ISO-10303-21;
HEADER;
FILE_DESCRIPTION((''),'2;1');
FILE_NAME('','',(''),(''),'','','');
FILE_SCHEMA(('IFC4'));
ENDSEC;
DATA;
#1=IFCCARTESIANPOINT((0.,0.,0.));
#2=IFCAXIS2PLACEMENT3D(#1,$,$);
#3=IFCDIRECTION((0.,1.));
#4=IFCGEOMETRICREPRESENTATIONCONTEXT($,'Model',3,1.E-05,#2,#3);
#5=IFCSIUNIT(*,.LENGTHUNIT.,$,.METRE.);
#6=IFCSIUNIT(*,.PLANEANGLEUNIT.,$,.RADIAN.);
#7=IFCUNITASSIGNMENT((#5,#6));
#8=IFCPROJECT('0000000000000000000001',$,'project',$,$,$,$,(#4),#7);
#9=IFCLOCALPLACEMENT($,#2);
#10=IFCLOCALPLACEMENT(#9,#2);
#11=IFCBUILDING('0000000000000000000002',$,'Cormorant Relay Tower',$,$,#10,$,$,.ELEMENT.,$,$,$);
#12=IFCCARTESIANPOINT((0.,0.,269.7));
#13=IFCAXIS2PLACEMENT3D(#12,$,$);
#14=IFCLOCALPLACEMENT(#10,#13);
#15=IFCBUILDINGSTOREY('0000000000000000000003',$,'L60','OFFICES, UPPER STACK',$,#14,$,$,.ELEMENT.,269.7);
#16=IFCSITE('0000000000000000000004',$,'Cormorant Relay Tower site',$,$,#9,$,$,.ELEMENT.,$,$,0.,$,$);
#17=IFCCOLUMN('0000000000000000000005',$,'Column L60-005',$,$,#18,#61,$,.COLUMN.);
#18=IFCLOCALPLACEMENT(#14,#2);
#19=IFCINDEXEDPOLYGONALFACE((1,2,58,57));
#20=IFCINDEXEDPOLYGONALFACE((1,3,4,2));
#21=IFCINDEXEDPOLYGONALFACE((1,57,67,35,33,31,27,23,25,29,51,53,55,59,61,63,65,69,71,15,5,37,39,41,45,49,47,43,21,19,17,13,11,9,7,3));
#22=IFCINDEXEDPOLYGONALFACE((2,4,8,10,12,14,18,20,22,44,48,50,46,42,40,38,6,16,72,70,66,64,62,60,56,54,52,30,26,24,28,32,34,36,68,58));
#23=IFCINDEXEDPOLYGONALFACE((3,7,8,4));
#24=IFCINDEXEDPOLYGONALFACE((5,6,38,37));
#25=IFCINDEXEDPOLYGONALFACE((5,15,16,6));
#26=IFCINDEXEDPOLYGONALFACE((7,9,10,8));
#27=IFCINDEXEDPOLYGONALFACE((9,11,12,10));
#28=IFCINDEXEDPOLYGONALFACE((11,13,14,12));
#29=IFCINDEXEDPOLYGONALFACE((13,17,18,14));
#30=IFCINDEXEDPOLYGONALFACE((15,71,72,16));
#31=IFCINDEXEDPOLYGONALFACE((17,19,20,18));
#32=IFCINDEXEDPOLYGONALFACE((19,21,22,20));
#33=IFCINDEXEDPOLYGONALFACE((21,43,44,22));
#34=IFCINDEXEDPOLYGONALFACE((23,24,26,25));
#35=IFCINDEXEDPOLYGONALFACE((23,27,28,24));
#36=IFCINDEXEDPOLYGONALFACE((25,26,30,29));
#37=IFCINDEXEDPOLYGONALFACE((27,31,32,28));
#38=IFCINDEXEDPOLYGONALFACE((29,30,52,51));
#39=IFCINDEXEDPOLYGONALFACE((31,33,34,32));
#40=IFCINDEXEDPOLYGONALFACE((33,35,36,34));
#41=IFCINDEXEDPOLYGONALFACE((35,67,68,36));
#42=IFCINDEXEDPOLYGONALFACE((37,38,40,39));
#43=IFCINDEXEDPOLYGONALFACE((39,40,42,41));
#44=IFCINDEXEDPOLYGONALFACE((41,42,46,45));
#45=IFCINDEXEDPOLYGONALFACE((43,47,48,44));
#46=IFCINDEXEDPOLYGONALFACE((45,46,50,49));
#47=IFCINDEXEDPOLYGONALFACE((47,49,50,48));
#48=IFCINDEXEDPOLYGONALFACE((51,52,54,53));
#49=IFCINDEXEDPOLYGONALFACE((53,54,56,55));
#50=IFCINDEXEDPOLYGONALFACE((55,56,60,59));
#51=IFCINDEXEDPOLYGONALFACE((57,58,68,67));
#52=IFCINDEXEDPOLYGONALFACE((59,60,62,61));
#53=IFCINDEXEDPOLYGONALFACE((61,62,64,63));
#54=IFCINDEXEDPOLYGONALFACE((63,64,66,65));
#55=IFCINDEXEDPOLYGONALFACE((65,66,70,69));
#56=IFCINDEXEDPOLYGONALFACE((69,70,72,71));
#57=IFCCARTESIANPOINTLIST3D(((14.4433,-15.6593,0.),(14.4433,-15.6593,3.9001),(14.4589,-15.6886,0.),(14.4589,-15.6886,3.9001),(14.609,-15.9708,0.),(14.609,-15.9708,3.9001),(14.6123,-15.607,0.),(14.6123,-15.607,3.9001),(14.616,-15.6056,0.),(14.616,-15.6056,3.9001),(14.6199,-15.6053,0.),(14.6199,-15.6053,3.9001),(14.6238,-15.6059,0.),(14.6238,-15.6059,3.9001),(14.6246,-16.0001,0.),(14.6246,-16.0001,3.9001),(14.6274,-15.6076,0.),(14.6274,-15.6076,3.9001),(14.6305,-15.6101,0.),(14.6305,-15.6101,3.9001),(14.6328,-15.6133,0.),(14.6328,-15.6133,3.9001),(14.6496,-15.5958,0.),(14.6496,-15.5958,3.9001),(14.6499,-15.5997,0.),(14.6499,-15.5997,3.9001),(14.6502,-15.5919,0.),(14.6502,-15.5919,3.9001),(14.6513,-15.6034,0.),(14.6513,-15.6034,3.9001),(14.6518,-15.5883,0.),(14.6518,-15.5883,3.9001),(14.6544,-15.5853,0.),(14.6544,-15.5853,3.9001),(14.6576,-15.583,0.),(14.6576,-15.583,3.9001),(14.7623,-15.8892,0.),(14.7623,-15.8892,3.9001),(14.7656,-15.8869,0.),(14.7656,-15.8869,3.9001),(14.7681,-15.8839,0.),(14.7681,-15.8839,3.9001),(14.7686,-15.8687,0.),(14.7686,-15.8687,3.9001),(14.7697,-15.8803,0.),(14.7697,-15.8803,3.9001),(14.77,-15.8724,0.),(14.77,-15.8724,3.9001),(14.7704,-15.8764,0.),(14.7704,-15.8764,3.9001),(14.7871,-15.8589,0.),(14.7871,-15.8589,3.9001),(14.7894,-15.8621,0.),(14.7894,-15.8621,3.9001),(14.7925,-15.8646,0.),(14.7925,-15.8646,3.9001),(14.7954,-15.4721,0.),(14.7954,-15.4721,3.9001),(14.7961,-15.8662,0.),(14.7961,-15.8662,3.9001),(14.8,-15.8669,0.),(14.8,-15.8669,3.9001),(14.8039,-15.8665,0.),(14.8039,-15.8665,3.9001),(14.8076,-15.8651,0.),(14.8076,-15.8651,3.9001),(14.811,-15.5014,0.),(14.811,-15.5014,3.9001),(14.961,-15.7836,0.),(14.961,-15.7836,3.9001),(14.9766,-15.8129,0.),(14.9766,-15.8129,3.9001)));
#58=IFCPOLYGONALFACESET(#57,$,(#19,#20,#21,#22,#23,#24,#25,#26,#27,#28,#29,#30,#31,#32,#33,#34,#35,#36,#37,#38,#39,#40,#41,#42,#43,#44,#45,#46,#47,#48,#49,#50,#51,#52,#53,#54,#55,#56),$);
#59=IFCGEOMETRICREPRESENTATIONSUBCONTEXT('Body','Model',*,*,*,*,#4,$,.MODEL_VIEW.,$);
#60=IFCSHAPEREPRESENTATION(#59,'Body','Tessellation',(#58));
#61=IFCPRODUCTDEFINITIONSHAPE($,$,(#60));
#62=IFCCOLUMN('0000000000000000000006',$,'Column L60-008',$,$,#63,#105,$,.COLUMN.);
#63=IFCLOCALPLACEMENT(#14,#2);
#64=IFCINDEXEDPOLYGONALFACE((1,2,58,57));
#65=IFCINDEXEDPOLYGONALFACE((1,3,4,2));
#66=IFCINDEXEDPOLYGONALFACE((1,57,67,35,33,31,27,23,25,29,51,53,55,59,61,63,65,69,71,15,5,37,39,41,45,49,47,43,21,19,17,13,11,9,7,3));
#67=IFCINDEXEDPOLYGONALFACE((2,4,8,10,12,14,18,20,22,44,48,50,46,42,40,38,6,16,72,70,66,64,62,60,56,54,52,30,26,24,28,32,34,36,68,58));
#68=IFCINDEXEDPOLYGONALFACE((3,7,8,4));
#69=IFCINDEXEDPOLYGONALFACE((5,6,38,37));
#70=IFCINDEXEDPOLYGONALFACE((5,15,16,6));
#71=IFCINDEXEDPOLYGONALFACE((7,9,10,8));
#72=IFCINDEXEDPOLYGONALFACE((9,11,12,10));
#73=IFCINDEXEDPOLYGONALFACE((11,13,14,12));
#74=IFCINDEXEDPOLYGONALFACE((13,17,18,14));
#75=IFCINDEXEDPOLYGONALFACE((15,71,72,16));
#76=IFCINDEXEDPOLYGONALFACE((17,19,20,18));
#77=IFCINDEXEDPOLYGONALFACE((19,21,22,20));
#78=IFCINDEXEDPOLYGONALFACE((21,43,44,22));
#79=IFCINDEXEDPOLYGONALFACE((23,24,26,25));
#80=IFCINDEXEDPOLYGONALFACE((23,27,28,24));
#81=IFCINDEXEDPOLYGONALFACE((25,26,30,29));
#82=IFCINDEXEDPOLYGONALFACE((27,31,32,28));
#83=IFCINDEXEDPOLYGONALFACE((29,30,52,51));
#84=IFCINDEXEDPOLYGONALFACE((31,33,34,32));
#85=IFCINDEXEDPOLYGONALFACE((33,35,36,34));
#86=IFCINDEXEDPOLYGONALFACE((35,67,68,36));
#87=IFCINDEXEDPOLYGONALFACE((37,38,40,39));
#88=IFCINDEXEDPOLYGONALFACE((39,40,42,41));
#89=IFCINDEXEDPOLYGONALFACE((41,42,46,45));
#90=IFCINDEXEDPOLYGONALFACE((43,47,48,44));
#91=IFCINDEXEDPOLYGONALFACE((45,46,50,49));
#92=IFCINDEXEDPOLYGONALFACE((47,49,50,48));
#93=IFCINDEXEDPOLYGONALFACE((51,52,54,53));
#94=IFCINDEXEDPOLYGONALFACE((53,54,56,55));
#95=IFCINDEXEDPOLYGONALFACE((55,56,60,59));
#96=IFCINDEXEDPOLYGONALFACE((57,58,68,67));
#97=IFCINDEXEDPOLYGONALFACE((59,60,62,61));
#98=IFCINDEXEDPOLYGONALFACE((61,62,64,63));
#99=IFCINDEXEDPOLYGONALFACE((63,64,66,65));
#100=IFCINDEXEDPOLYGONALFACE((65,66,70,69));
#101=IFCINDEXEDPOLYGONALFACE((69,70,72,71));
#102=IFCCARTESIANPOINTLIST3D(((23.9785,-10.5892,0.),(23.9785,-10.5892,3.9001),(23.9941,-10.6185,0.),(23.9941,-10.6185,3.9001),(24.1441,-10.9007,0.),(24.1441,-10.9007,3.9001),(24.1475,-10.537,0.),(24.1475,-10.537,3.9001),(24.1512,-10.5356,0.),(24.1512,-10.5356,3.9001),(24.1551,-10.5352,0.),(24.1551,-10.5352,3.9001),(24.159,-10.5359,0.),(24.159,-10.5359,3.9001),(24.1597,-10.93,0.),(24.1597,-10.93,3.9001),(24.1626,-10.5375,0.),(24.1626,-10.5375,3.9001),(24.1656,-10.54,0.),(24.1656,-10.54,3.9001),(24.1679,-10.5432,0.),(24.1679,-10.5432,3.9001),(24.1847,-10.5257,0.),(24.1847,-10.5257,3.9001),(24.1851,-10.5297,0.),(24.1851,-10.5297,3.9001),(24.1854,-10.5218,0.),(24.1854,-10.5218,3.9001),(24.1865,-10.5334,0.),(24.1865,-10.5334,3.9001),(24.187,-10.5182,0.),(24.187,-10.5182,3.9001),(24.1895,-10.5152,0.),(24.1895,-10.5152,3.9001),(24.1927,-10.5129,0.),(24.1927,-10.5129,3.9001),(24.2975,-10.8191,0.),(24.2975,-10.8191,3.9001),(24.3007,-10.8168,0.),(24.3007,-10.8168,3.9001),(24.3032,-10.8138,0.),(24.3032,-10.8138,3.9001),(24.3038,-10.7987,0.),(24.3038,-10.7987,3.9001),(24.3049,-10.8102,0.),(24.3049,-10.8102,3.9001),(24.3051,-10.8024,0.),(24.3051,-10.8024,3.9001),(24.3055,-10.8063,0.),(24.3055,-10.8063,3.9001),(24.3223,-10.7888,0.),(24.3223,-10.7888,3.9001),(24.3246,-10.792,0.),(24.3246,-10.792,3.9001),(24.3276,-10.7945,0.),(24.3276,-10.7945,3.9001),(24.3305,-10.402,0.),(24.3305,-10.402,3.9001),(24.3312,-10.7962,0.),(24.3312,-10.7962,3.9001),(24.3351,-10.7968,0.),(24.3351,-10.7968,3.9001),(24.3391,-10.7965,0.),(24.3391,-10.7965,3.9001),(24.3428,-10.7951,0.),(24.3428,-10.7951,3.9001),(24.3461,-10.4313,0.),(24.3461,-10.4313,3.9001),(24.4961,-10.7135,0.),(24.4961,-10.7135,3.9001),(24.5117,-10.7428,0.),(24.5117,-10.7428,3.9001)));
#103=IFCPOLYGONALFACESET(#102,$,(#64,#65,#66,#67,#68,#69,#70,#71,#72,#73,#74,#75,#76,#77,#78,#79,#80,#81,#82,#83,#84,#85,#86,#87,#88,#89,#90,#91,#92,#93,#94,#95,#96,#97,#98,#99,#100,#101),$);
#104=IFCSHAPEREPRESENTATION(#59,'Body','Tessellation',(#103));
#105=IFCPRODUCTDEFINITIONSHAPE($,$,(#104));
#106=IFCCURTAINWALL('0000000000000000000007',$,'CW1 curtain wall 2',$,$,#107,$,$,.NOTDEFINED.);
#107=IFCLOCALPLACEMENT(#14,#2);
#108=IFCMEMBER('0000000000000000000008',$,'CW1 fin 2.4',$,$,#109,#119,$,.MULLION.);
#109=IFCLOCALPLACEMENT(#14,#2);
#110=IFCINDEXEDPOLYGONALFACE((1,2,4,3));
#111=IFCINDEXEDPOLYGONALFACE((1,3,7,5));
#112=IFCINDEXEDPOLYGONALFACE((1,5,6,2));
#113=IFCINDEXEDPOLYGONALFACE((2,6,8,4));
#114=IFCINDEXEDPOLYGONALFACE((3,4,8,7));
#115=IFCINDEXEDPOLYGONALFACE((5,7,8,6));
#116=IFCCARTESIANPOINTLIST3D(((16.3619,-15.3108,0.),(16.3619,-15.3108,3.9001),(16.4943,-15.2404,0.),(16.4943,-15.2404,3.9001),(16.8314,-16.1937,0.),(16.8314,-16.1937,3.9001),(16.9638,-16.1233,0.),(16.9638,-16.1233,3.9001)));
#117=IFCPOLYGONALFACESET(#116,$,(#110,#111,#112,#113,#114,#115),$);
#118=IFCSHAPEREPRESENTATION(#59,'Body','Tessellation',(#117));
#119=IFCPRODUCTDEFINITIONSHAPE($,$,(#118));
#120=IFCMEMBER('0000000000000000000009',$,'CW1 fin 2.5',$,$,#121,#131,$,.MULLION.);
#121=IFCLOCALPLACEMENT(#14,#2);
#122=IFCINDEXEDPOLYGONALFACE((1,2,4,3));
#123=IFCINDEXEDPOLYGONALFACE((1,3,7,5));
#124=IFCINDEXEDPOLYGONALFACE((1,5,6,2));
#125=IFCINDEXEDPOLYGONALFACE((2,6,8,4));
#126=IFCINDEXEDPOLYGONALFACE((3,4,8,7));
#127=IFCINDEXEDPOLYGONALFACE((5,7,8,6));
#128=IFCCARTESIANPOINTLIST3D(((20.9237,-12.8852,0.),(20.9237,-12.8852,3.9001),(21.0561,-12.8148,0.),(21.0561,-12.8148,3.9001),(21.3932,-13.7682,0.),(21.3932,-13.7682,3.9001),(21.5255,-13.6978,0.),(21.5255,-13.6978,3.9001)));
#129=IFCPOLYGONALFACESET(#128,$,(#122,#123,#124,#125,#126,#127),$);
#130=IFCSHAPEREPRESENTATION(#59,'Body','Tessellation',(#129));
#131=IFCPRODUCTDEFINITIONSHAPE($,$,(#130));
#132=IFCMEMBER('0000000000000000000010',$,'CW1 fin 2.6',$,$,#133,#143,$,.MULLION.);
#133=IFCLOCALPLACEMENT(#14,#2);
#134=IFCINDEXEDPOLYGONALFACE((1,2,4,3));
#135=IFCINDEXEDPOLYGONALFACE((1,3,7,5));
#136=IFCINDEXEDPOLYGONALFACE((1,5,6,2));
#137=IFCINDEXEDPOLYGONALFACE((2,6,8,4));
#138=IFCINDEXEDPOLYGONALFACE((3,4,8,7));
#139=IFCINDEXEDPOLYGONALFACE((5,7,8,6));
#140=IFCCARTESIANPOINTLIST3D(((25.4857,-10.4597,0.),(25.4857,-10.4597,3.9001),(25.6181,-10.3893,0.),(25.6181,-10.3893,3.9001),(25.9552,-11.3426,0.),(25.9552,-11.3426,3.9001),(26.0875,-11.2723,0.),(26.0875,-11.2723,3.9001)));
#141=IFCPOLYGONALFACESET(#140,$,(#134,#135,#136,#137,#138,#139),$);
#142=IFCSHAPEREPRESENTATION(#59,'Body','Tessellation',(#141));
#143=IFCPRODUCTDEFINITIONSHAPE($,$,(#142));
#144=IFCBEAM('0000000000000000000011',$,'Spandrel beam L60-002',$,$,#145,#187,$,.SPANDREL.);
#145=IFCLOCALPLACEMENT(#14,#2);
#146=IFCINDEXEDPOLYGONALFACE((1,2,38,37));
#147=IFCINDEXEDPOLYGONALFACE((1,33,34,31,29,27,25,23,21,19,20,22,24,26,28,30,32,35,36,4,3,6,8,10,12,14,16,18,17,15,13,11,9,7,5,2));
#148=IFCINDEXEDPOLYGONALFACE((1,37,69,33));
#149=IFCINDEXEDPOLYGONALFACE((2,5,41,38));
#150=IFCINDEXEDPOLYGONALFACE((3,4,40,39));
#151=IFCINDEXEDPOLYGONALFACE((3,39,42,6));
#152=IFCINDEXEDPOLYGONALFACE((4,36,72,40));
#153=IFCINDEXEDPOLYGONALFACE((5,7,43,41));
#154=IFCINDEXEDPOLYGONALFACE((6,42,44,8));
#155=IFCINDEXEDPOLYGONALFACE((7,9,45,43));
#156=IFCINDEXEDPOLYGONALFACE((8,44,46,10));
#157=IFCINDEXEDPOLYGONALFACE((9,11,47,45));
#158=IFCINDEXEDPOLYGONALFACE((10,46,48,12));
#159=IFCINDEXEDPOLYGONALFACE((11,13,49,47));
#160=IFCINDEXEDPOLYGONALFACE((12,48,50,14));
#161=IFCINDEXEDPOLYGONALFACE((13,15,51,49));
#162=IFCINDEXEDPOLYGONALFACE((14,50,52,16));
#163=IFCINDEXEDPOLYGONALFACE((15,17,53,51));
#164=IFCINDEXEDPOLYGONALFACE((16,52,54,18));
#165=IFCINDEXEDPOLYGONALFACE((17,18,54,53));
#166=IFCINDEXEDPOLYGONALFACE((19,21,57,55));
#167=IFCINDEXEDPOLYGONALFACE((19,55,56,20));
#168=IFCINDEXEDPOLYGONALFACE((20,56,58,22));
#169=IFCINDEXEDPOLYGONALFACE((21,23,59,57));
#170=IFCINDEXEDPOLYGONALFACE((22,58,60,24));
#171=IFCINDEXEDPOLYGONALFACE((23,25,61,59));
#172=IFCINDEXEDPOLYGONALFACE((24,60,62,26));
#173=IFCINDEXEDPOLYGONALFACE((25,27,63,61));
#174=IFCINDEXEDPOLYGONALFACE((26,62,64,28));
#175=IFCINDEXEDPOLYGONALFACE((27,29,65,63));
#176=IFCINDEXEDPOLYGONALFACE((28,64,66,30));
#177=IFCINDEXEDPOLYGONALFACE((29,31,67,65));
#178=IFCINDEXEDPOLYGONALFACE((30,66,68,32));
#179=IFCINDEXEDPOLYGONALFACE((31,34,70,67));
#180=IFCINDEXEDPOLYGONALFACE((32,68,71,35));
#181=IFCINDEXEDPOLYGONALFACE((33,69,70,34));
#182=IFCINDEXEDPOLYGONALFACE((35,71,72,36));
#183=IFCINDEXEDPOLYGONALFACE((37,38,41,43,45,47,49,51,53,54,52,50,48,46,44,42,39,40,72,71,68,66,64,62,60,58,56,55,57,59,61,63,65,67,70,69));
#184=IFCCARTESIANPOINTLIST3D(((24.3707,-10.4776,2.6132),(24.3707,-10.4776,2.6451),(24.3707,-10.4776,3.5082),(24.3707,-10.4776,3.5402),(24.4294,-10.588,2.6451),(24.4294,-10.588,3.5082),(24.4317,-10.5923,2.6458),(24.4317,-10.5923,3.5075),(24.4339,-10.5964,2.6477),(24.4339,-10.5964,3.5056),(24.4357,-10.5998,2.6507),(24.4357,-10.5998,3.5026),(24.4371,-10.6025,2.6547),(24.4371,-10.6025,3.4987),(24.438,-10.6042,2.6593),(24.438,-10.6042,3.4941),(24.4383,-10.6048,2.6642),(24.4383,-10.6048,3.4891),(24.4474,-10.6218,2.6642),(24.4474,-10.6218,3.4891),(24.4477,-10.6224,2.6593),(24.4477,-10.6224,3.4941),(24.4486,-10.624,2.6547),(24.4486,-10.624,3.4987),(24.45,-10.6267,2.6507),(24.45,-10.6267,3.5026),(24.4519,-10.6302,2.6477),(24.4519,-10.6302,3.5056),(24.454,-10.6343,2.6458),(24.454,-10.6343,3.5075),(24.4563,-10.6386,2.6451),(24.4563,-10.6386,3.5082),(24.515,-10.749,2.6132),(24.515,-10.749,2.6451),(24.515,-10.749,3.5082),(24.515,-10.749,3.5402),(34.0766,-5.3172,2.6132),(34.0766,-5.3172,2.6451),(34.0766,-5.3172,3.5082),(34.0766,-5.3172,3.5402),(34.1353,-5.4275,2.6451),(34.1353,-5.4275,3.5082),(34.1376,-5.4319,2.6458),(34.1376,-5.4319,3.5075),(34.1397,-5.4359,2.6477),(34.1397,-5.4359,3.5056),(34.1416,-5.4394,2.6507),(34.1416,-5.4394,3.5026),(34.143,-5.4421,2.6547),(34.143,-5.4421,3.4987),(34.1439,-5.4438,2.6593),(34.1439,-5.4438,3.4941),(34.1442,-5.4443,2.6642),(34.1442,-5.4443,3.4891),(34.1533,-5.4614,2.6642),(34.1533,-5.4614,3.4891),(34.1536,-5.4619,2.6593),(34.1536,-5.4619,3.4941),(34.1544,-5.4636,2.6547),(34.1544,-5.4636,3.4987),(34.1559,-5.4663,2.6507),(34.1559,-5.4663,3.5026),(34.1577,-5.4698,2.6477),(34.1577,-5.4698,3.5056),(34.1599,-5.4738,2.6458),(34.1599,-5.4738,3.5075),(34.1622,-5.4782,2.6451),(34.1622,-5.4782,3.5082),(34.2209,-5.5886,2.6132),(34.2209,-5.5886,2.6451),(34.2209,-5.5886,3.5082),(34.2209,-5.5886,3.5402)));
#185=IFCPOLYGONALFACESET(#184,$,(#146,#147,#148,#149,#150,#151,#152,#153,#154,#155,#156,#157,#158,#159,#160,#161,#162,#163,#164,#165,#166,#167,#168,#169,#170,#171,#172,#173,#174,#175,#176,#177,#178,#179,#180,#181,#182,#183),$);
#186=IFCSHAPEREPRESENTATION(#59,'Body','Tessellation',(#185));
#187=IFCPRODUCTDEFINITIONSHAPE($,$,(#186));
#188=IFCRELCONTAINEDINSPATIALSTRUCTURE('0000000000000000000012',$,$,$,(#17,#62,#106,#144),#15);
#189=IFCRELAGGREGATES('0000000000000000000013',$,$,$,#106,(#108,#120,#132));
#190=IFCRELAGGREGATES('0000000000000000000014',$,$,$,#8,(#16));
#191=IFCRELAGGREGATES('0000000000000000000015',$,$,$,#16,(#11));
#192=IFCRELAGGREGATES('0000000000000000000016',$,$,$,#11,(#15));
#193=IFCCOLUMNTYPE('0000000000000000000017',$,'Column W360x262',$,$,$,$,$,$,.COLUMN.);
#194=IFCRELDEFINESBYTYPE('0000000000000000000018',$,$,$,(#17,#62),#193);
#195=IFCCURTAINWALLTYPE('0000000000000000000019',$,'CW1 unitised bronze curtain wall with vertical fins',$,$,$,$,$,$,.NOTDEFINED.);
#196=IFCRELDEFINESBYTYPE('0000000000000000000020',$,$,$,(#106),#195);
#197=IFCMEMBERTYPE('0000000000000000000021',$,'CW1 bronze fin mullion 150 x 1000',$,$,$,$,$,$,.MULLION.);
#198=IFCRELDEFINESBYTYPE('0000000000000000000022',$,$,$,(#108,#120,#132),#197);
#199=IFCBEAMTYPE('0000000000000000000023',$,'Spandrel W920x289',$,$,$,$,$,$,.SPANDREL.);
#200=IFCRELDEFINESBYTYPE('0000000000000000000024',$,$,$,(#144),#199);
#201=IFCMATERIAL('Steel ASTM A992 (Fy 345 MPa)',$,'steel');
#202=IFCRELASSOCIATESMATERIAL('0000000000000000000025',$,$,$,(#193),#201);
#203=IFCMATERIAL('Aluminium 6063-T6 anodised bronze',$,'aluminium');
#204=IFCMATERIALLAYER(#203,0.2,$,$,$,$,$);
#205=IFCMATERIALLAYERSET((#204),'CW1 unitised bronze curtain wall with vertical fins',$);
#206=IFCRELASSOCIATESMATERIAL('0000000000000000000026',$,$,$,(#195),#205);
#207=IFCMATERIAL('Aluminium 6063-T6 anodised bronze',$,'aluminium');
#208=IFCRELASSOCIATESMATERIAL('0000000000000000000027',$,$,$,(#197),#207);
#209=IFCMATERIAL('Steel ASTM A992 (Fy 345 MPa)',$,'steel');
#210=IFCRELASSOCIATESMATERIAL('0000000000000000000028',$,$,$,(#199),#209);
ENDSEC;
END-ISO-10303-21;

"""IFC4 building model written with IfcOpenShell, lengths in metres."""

from ifc_helpers import new_model, si_unit, direction, frame, origin, origin_2d, place, context, subcontext, project, spatial, rectangle, i_section, extrude, material, layer, layer_set, material_profile, profile_set, type_object, element, aggregate, save


model = new_model("IFC4")

# Units and contexts
model_context = context("Model", 3, precision=1e-05, world=origin(), true_north=direction((0.0, 1.0)))
body_context = subcontext(model_context, "Body", "Model", "MODEL_VIEW")
ifc_project = project(units=[si_unit("LENGTHUNIT", "METRE"), si_unit("PLANEANGLEUNIT", "RADIAN")], contexts=[model_context])

# Site, building, storey
site_placement = place(None, origin())
site = spatial("IfcSite", under=ifc_project, at=site_placement, Name="Cormorant Relay Tower site", CompositionType="ELEMENT", RefElevation=0.0)
building_placement = place(site_placement, origin())
building = spatial("IfcBuilding", under=site, at=building_placement, Name="Cormorant Relay Tower", CompositionType="ELEMENT")
storey_placement = place(building_placement, frame((0.0, 0.0, 269.7)))
storey = spatial("IfcBuildingStorey", under=building, at=storey_placement, Name="L60", Description="OFFICES, UPPER STACK", CompositionType="ELEMENT", Elevation=269.7)

# Columns
ifc_material_1 = material(Name="Steel ASTM A992 (Fy 345 MPa)", Category="steel")
ifc_material_profile_1 = material_profile(ifc_material_1, i_section(OverallWidth=0.3987, OverallDepth=0.386, WebThickness=0.021, FlangeThickness=0.0332, FilletRadius=0.0151, at=origin_2d()), Name="W360x262")
ifc_profile_set_1 = profile_set([ifc_material_profile_1], Name="Steel ASTM A992 (Fy 345 MPa)")
column_type = type_object("IfcColumnType", Name="Column W360x262", PredefinedType="COLUMN", material=ifc_profile_set_1)
for number, where, z_axis, x_axis, name in (
    (1, (14.71, -15.7361, 0.0), (0.0, 0.0, 1.0), (0.882948, 0.469472, 0.0), "Column L60-005"),
    (2, (24.2451, -10.666, 0.0), (0.0, 0.0, 1.0), (0.882948, 0.469472, 0.0), "Column L60-008"),
):
    element("IfcColumn", number, at=place(storey_placement, frame(where, z_axis=z_axis, x_axis=x_axis)), inside=storey, type_object=column_type, Name=name, PredefinedType="COLUMN", context=body_context, shape_type="SweptSolid", body=[
        extrude(i_section(OverallWidth=0.3987, OverallDepth=0.386, WebThickness=0.021, FlangeThickness=0.0332, FilletRadius=0.0151, at=origin_2d()), origin(), (0.0, 0.0, 1.0), 3.9001),
    ])

# Curtain wall, members
ifc_material_2 = material(Name="Aluminium 6063-T6 anodised bronze", Category="aluminium")
ifc_layer_1 = layer(ifc_material_2, 0.2)
ifc_layer_set_1 = layer_set([ifc_layer_1], Name="CW1 unitised bronze curtain wall with vertical fins")
curtain_wall_type = type_object("IfcCurtainWallType", Name="CW1 unitised bronze curtain wall with vertical fins", PredefinedType="NOTDEFINED", material=ifc_layer_set_1)
curtain_wall_placement = place(storey_placement, origin())
curtain_wall = element("IfcCurtainWall", 3, at=curtain_wall_placement, inside=storey, type_object=curtain_wall_type, Name="CW1 curtain wall 2", PredefinedType="NOTDEFINED")
ifc_material_3 = material(Name="Aluminium 6063-T6 anodised bronze", Category="aluminium")
ifc_material_profile_2 = material_profile(ifc_material_3, rectangle(XDim=0.1499, YDim=1.0, at=origin_2d()), Name="AL 150x1000")
ifc_profile_set_2 = profile_set([ifc_material_profile_2], Name="Aluminium 6063-T6 anodised bronze")
member_type = type_object("IfcMemberType", Name="CW1 bronze fin mullion 150 x 1000", PredefinedType="MULLION", material=ifc_profile_set_2)
member_1_placement = place(storey_placement, frame((16.6628, -15.717, 0.0), z_axis=(0.0, 0.0, 1.0), x_axis=(0.882948, 0.469472, 0.0)))
member_1 = element("IfcMember", 4, at=member_1_placement, type_object=member_type, Name="CW1 fin 2.4", PredefinedType="MULLION", context=body_context, shape_type="SweptSolid", body=[
    extrude(rectangle(XDim=0.1499, YDim=1.0, at=origin_2d()), origin(), (0.0, 0.0, 1.0), 3.9001),
])
member_2_placement = place(storey_placement, frame((21.2246, -13.2915, 0.0), z_axis=(0.0, 0.0, 1.0), x_axis=(0.882948, 0.469472, 0.0)))
member_2 = element("IfcMember", 5, at=member_2_placement, type_object=member_type, Name="CW1 fin 2.5", PredefinedType="MULLION", context=body_context, shape_type="SweptSolid", body=[
    extrude(rectangle(XDim=0.1499, YDim=1.0, at=origin_2d()), origin(), (0.0, 0.0, 1.0), 3.9001),
])
member_3_placement = place(storey_placement, frame((25.7866, -10.866, 0.0), z_axis=(0.0, 0.0, 1.0), x_axis=(0.882948, 0.469472, 0.0)))
member_3 = element("IfcMember", 6, at=member_3_placement, type_object=member_type, Name="CW1 fin 2.6", PredefinedType="MULLION", context=body_context, shape_type="SweptSolid", body=[
    extrude(rectangle(XDim=0.1499, YDim=1.0, at=origin_2d()), origin(), (0.0, 0.0, 1.0), 3.9001),
])

# Beam
ifc_material_4 = material(Name="Steel ASTM A992 (Fy 345 MPa)", Category="steel")
ifc_material_profile_3 = material_profile(ifc_material_4, i_section(OverallWidth=0.3074, OverallDepth=0.927, WebThickness=0.0193, FlangeThickness=0.032, FilletRadius=0.019, at=origin_2d()), Name="W920x289")
ifc_profile_set_3 = profile_set([ifc_material_profile_3], Name="Steel ASTM A992 (Fy 345 MPa)")
beam_type_1 = type_object("IfcBeamType", Name="Spandrel W920x289", PredefinedType="SPANDREL", material=ifc_profile_set_3)
beam_1_placement = place(storey_placement, frame((24.4429, -10.6133, 3.0767), z_axis=(0.882958, 0.469452, 0.0), x_axis=(-0.469452, 0.882958, 0.0)))
element("IfcBeam", 7, at=beam_1_placement, inside=storey, type_object=beam_type_1, Name="Spandrel beam L60-002", PredefinedType="SPANDREL", context=body_context, shape_type="SweptSolid", body=[
    extrude(i_section(OverallWidth=0.3074, OverallDepth=0.927, WebThickness=0.0193, FlangeThickness=0.032, FilletRadius=0.019, at=origin_2d()), origin(), (0.0, 0.0, 1.0), 10.9924),
])

aggregate(curtain_wall, [member_1, member_2, member_3])

save(model, "model.ifc")
